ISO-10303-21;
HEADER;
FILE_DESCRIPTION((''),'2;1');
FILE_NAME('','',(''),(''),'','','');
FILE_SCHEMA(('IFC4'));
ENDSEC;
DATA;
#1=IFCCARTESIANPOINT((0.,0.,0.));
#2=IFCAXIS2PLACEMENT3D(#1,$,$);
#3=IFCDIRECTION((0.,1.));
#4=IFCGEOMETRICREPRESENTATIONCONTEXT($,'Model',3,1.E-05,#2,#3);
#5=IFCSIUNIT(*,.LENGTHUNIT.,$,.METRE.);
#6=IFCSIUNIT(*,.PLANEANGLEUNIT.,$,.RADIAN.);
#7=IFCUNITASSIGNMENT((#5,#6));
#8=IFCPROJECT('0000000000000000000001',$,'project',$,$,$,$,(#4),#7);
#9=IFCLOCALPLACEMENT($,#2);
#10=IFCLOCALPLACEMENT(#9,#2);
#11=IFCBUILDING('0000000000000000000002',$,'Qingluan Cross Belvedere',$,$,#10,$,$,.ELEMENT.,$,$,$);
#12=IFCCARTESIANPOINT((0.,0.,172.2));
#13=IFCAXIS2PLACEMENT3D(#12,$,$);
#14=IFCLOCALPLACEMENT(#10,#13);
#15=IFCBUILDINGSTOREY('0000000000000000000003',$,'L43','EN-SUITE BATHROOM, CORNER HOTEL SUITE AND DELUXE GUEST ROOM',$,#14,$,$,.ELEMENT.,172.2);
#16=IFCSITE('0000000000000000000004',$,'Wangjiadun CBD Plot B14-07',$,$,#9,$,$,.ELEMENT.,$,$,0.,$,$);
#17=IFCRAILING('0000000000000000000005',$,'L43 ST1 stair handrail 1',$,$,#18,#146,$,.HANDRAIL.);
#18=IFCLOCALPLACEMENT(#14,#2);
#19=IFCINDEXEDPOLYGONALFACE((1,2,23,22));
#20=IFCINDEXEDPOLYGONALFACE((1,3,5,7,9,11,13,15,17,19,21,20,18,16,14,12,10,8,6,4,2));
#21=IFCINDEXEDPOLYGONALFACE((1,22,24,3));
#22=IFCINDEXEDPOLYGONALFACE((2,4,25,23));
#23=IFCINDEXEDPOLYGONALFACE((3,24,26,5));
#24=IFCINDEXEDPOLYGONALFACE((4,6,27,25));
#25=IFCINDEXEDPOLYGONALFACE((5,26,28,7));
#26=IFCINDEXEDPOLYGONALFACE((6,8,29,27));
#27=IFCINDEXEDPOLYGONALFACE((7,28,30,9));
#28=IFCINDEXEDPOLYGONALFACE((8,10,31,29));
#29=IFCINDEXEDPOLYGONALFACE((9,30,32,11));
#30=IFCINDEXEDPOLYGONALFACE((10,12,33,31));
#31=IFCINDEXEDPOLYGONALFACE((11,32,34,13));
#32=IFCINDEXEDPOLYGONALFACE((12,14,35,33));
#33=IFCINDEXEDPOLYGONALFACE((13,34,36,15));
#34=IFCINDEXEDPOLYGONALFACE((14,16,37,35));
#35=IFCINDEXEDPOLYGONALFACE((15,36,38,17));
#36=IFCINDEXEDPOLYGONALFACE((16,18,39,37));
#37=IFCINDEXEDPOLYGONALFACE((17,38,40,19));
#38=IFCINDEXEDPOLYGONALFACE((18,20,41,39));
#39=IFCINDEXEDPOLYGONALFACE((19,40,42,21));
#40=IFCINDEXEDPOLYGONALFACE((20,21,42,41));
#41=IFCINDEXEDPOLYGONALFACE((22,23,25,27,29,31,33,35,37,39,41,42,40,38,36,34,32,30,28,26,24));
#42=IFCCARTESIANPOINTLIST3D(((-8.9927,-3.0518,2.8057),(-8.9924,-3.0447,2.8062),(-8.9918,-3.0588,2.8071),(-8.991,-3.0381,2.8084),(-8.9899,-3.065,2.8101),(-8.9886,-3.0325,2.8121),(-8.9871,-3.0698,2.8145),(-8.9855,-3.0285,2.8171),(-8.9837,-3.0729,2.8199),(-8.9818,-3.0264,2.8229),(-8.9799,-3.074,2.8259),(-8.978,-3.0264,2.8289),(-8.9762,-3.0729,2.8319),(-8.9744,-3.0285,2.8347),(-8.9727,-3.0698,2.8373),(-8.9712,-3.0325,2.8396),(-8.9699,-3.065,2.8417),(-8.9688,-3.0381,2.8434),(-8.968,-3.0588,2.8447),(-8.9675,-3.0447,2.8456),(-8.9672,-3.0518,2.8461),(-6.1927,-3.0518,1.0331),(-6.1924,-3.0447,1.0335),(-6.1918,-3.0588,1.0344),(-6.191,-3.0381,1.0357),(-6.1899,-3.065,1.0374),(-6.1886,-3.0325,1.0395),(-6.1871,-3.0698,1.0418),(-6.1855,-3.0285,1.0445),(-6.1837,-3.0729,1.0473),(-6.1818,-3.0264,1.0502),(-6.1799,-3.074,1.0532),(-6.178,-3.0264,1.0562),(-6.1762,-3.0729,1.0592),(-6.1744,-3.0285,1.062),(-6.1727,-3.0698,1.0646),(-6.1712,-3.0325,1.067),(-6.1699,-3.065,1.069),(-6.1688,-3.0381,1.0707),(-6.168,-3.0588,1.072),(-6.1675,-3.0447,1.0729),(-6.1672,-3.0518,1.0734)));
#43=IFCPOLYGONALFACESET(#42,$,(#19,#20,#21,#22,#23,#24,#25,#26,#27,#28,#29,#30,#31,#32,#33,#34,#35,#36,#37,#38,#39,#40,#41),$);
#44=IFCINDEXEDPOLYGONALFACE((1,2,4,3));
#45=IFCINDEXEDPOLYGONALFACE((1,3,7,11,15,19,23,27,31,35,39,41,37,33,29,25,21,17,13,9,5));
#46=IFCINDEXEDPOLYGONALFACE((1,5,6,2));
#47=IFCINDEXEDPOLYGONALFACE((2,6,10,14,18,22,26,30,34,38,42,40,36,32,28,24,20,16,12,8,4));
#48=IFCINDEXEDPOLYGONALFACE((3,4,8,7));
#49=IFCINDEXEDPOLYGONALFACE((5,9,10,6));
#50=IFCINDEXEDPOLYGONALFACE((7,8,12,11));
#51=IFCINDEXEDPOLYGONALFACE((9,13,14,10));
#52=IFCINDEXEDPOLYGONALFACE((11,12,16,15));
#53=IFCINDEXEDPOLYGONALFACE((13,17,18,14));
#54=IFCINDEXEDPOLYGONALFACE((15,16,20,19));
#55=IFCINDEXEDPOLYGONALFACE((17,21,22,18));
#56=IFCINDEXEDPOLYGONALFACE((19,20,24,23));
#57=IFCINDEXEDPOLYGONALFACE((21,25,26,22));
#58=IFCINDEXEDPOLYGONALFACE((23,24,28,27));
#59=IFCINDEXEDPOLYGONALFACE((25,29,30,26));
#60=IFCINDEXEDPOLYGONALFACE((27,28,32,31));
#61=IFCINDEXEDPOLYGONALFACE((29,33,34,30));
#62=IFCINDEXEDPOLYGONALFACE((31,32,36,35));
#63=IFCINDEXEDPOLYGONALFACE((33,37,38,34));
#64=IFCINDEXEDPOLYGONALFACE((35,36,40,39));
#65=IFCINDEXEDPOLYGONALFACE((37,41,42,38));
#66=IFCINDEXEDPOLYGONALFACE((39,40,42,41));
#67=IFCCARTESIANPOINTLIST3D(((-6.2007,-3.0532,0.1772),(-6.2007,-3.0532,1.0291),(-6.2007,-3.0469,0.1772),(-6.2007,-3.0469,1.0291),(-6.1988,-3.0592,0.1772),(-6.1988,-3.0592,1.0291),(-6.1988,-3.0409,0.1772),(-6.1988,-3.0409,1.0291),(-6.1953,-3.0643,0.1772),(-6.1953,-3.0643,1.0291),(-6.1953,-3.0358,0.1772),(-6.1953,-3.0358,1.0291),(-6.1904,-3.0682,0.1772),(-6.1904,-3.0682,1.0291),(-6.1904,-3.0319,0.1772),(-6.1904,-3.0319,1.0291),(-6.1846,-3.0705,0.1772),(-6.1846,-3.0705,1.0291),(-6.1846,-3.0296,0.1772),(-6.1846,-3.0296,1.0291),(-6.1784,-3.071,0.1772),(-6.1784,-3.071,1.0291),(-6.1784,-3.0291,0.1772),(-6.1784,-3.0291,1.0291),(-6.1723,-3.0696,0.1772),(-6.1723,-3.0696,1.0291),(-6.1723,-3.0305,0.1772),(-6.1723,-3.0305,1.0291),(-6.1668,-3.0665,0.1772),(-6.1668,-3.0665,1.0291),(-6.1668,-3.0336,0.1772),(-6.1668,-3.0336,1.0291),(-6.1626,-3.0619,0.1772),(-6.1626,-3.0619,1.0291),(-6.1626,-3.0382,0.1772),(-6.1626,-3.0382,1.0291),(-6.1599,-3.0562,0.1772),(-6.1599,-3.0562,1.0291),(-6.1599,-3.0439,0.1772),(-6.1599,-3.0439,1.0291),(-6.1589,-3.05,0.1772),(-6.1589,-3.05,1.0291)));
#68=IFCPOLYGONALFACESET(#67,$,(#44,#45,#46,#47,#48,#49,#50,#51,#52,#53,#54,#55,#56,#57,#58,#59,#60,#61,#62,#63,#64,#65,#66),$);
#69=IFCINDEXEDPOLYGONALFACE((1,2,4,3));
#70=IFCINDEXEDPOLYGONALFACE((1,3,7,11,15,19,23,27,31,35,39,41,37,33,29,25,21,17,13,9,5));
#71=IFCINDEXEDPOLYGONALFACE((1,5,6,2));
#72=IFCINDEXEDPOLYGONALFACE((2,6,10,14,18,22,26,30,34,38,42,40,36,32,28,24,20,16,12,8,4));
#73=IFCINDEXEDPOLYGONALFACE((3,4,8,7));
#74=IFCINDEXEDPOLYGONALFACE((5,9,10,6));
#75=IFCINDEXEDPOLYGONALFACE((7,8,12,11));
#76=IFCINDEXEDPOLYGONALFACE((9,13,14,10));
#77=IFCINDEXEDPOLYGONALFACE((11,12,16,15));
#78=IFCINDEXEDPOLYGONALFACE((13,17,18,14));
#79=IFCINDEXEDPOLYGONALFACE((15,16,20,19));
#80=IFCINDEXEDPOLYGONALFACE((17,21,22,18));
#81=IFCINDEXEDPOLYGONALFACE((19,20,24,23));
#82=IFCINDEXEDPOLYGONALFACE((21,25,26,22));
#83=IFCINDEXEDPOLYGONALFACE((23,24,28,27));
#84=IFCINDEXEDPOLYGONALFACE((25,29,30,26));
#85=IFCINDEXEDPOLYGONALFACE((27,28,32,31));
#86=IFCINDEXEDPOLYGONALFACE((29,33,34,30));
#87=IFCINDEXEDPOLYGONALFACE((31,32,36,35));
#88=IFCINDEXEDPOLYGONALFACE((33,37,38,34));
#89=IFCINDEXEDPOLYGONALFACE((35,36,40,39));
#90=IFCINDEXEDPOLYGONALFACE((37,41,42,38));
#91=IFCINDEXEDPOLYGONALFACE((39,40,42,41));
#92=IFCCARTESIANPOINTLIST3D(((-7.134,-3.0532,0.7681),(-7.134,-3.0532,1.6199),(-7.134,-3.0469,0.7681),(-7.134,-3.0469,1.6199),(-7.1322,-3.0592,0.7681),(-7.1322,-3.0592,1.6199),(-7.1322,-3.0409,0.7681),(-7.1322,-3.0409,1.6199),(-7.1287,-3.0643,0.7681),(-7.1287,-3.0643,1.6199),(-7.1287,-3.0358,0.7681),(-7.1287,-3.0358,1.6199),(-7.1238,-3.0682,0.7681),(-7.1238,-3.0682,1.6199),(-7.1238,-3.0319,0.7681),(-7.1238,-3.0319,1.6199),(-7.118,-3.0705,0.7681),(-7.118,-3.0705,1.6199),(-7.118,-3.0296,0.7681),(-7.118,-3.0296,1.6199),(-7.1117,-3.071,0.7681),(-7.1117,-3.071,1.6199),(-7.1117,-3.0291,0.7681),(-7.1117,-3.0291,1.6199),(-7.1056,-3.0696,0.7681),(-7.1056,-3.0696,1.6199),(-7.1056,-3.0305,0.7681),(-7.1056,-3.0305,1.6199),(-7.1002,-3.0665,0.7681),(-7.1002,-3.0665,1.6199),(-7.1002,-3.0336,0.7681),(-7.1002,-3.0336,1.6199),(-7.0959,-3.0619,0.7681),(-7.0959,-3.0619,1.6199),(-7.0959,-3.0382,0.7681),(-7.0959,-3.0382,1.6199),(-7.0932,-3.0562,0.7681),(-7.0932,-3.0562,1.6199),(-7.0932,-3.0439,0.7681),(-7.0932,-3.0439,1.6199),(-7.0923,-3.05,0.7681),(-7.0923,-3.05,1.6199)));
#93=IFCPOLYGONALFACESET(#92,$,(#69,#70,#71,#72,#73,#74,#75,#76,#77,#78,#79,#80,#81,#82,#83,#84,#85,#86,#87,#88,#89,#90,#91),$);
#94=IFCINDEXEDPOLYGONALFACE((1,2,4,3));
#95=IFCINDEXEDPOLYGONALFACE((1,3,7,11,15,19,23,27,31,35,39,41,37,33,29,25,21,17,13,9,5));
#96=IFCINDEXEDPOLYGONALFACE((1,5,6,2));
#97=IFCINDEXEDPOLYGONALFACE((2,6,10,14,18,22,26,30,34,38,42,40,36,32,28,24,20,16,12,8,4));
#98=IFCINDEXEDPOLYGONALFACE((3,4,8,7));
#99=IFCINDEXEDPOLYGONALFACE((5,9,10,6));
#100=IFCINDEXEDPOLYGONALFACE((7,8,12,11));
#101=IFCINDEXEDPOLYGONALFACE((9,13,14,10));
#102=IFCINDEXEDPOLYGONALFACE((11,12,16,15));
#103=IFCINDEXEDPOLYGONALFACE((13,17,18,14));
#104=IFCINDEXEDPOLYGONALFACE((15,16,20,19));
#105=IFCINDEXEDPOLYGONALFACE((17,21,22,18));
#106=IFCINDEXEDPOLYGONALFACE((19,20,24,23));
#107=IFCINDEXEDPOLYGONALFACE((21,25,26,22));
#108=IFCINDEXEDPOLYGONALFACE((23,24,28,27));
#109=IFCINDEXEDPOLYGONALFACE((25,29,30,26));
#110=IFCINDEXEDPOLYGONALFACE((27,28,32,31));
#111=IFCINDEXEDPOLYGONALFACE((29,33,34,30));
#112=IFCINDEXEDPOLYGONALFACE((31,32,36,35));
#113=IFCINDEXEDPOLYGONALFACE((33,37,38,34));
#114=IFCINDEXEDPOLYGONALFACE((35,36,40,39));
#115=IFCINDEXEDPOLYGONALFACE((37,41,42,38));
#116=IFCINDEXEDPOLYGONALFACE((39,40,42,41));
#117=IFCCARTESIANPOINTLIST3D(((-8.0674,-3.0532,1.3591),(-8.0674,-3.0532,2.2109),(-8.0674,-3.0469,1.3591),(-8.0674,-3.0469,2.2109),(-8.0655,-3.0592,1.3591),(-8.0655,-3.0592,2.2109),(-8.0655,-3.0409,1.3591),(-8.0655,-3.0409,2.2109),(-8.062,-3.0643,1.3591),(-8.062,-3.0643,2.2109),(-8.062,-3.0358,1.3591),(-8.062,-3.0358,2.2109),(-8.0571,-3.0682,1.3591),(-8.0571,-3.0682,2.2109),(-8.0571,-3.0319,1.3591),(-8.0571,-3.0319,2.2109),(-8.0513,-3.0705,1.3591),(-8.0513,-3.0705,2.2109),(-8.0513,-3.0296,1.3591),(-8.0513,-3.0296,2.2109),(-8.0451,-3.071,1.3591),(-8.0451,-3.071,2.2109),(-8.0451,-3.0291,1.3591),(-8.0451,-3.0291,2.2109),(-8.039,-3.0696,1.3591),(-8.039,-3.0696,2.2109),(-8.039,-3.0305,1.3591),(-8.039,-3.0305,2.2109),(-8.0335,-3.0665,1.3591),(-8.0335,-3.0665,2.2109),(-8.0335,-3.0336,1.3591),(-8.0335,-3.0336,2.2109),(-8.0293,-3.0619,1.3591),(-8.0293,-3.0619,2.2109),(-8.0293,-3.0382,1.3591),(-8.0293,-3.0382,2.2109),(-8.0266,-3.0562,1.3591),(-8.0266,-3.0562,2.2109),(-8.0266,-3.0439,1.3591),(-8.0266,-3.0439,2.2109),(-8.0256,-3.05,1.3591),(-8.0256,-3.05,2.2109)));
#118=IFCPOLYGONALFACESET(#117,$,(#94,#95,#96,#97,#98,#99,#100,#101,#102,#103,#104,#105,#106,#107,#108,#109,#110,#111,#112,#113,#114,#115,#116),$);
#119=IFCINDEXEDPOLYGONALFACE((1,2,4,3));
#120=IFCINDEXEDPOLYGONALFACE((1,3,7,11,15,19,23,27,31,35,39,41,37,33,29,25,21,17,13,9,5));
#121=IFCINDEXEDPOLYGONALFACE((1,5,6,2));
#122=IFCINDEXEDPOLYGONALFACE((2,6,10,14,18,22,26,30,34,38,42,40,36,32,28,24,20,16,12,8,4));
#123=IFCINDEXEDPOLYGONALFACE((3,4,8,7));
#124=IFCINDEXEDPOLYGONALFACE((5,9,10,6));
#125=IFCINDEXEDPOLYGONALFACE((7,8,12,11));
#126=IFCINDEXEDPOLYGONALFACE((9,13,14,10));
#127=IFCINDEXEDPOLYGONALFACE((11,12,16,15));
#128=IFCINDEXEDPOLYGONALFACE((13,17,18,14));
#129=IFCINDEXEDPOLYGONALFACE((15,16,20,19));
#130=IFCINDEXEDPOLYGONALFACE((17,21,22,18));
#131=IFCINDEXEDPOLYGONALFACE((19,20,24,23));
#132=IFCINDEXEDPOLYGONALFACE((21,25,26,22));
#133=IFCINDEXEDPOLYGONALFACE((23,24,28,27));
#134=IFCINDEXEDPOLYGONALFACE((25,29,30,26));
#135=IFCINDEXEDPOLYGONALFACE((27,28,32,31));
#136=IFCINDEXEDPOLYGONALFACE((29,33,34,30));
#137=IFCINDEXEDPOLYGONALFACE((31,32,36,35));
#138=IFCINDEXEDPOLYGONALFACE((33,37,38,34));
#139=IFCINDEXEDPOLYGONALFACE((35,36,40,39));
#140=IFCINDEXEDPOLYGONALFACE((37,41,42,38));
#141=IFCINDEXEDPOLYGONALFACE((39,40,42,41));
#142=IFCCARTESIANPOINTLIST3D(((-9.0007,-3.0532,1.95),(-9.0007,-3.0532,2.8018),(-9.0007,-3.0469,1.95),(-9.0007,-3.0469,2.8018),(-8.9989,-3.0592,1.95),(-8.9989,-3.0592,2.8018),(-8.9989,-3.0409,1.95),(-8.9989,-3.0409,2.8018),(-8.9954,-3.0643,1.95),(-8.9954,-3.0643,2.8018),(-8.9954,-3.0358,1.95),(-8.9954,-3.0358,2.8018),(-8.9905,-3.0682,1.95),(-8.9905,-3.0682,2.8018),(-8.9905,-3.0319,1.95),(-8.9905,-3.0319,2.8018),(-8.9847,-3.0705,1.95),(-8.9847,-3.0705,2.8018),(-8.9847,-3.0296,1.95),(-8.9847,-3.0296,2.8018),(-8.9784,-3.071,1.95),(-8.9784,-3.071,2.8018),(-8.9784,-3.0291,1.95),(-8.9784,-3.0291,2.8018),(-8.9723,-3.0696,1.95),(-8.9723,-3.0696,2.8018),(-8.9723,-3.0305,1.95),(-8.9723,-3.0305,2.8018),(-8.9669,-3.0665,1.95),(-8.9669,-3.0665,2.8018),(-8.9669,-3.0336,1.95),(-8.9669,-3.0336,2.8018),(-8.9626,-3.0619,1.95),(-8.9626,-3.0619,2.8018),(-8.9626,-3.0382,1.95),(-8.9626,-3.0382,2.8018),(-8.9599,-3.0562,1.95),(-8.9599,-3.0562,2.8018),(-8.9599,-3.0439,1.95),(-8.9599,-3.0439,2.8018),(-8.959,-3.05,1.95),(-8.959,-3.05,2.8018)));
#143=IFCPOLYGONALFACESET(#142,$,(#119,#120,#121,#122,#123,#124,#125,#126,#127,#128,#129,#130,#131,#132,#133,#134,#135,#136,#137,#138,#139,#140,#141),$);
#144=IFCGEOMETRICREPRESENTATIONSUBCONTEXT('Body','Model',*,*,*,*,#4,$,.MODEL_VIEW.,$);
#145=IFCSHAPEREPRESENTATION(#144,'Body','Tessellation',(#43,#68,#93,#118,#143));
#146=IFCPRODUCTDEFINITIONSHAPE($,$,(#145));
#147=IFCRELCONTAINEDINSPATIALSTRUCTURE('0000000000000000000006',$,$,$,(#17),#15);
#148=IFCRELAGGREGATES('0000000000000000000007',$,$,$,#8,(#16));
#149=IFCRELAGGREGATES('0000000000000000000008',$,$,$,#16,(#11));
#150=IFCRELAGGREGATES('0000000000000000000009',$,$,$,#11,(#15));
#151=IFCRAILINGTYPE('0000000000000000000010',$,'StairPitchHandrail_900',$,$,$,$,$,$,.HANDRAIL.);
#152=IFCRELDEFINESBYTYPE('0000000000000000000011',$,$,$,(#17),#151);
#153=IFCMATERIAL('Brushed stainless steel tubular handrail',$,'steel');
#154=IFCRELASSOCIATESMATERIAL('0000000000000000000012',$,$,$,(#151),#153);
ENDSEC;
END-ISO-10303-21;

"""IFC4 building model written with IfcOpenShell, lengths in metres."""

from ifc_helpers import new_model, si_unit, direction, frame, origin, origin_2d, place, context, subcontext, project, spatial, circle, extrude, material, type_object, element, save


model = new_model("IFC4")

# Units and contexts
model_context = context("Model", 3, precision=1e-05, world=origin(), true_north=direction((0.0, 1.0)))
body_context = subcontext(model_context, "Body", "Model", "MODEL_VIEW")
ifc_project = project(units=[si_unit("LENGTHUNIT", "METRE"), si_unit("PLANEANGLEUNIT", "RADIAN")], contexts=[model_context])

# Site, building, storey
site_placement = place(None, origin())
site = spatial("IfcSite", under=ifc_project, at=site_placement, Name="Wangjiadun CBD Plot B14-07", CompositionType="ELEMENT", RefElevation=0.0)
building_placement = place(site_placement, origin())
building = spatial("IfcBuilding", under=site, at=building_placement, Name="Qingluan Cross Belvedere", CompositionType="ELEMENT")
storey_placement = place(building_placement, frame((0.0, 0.0, 172.2)))
storey = spatial("IfcBuildingStorey", under=building, at=storey_placement, Name="L43", Description="EN-SUITE BATHROOM, CORNER HOTEL SUITE AND DELUXE GUEST ROOM", CompositionType="ELEMENT", Elevation=172.2)

# Railing
ifc_material_1 = material(Name="Brushed stainless steel tubular handrail", Category="steel")
railing_type_1 = type_object("IfcRailingType", Name="StairPitchHandrail_900", PredefinedType="HANDRAIL", material=ifc_material_1)
railing_1_placement = place(storey_placement, frame((-6.1799, -3.05, 0.1772)))
element("IfcRailing", 1, at=railing_1_placement, inside=storey, type_object=railing_type_1, Name="L43 ST1 stair handrail 1", PredefinedType="HANDRAIL", context=body_context, shape_type="SweptSolid", body=[
    extrude(circle(Radius=0.0239, at=origin_2d()), frame((0.0, 0.0, 0.876), z_axis=(-0.844909, 0.0, 0.53491), x_axis=(0.0, -1.0, 0.0)), (0.0, 0.0, 1.0), 3.314),
    extrude(circle(Radius=0.021, at=origin_2d()), origin(), (0.0, 0.0, 1.0), 0.8518),
    extrude(circle(Radius=0.021, at=origin_2d()), frame((-0.9333, 0.0, 0.5908)), (0.0, 0.0, 1.0), 0.8518),
    extrude(circle(Radius=0.021, at=origin_2d()), frame((-1.8667, 0.0, 1.1819)), (0.0, 0.0, 1.0), 0.8518),
    extrude(circle(Radius=0.021, at=origin_2d()), frame((-2.8, 0.0, 1.7727)), (0.0, 0.0, 1.0), 0.8518),
])

save(model, "model.ifc")
